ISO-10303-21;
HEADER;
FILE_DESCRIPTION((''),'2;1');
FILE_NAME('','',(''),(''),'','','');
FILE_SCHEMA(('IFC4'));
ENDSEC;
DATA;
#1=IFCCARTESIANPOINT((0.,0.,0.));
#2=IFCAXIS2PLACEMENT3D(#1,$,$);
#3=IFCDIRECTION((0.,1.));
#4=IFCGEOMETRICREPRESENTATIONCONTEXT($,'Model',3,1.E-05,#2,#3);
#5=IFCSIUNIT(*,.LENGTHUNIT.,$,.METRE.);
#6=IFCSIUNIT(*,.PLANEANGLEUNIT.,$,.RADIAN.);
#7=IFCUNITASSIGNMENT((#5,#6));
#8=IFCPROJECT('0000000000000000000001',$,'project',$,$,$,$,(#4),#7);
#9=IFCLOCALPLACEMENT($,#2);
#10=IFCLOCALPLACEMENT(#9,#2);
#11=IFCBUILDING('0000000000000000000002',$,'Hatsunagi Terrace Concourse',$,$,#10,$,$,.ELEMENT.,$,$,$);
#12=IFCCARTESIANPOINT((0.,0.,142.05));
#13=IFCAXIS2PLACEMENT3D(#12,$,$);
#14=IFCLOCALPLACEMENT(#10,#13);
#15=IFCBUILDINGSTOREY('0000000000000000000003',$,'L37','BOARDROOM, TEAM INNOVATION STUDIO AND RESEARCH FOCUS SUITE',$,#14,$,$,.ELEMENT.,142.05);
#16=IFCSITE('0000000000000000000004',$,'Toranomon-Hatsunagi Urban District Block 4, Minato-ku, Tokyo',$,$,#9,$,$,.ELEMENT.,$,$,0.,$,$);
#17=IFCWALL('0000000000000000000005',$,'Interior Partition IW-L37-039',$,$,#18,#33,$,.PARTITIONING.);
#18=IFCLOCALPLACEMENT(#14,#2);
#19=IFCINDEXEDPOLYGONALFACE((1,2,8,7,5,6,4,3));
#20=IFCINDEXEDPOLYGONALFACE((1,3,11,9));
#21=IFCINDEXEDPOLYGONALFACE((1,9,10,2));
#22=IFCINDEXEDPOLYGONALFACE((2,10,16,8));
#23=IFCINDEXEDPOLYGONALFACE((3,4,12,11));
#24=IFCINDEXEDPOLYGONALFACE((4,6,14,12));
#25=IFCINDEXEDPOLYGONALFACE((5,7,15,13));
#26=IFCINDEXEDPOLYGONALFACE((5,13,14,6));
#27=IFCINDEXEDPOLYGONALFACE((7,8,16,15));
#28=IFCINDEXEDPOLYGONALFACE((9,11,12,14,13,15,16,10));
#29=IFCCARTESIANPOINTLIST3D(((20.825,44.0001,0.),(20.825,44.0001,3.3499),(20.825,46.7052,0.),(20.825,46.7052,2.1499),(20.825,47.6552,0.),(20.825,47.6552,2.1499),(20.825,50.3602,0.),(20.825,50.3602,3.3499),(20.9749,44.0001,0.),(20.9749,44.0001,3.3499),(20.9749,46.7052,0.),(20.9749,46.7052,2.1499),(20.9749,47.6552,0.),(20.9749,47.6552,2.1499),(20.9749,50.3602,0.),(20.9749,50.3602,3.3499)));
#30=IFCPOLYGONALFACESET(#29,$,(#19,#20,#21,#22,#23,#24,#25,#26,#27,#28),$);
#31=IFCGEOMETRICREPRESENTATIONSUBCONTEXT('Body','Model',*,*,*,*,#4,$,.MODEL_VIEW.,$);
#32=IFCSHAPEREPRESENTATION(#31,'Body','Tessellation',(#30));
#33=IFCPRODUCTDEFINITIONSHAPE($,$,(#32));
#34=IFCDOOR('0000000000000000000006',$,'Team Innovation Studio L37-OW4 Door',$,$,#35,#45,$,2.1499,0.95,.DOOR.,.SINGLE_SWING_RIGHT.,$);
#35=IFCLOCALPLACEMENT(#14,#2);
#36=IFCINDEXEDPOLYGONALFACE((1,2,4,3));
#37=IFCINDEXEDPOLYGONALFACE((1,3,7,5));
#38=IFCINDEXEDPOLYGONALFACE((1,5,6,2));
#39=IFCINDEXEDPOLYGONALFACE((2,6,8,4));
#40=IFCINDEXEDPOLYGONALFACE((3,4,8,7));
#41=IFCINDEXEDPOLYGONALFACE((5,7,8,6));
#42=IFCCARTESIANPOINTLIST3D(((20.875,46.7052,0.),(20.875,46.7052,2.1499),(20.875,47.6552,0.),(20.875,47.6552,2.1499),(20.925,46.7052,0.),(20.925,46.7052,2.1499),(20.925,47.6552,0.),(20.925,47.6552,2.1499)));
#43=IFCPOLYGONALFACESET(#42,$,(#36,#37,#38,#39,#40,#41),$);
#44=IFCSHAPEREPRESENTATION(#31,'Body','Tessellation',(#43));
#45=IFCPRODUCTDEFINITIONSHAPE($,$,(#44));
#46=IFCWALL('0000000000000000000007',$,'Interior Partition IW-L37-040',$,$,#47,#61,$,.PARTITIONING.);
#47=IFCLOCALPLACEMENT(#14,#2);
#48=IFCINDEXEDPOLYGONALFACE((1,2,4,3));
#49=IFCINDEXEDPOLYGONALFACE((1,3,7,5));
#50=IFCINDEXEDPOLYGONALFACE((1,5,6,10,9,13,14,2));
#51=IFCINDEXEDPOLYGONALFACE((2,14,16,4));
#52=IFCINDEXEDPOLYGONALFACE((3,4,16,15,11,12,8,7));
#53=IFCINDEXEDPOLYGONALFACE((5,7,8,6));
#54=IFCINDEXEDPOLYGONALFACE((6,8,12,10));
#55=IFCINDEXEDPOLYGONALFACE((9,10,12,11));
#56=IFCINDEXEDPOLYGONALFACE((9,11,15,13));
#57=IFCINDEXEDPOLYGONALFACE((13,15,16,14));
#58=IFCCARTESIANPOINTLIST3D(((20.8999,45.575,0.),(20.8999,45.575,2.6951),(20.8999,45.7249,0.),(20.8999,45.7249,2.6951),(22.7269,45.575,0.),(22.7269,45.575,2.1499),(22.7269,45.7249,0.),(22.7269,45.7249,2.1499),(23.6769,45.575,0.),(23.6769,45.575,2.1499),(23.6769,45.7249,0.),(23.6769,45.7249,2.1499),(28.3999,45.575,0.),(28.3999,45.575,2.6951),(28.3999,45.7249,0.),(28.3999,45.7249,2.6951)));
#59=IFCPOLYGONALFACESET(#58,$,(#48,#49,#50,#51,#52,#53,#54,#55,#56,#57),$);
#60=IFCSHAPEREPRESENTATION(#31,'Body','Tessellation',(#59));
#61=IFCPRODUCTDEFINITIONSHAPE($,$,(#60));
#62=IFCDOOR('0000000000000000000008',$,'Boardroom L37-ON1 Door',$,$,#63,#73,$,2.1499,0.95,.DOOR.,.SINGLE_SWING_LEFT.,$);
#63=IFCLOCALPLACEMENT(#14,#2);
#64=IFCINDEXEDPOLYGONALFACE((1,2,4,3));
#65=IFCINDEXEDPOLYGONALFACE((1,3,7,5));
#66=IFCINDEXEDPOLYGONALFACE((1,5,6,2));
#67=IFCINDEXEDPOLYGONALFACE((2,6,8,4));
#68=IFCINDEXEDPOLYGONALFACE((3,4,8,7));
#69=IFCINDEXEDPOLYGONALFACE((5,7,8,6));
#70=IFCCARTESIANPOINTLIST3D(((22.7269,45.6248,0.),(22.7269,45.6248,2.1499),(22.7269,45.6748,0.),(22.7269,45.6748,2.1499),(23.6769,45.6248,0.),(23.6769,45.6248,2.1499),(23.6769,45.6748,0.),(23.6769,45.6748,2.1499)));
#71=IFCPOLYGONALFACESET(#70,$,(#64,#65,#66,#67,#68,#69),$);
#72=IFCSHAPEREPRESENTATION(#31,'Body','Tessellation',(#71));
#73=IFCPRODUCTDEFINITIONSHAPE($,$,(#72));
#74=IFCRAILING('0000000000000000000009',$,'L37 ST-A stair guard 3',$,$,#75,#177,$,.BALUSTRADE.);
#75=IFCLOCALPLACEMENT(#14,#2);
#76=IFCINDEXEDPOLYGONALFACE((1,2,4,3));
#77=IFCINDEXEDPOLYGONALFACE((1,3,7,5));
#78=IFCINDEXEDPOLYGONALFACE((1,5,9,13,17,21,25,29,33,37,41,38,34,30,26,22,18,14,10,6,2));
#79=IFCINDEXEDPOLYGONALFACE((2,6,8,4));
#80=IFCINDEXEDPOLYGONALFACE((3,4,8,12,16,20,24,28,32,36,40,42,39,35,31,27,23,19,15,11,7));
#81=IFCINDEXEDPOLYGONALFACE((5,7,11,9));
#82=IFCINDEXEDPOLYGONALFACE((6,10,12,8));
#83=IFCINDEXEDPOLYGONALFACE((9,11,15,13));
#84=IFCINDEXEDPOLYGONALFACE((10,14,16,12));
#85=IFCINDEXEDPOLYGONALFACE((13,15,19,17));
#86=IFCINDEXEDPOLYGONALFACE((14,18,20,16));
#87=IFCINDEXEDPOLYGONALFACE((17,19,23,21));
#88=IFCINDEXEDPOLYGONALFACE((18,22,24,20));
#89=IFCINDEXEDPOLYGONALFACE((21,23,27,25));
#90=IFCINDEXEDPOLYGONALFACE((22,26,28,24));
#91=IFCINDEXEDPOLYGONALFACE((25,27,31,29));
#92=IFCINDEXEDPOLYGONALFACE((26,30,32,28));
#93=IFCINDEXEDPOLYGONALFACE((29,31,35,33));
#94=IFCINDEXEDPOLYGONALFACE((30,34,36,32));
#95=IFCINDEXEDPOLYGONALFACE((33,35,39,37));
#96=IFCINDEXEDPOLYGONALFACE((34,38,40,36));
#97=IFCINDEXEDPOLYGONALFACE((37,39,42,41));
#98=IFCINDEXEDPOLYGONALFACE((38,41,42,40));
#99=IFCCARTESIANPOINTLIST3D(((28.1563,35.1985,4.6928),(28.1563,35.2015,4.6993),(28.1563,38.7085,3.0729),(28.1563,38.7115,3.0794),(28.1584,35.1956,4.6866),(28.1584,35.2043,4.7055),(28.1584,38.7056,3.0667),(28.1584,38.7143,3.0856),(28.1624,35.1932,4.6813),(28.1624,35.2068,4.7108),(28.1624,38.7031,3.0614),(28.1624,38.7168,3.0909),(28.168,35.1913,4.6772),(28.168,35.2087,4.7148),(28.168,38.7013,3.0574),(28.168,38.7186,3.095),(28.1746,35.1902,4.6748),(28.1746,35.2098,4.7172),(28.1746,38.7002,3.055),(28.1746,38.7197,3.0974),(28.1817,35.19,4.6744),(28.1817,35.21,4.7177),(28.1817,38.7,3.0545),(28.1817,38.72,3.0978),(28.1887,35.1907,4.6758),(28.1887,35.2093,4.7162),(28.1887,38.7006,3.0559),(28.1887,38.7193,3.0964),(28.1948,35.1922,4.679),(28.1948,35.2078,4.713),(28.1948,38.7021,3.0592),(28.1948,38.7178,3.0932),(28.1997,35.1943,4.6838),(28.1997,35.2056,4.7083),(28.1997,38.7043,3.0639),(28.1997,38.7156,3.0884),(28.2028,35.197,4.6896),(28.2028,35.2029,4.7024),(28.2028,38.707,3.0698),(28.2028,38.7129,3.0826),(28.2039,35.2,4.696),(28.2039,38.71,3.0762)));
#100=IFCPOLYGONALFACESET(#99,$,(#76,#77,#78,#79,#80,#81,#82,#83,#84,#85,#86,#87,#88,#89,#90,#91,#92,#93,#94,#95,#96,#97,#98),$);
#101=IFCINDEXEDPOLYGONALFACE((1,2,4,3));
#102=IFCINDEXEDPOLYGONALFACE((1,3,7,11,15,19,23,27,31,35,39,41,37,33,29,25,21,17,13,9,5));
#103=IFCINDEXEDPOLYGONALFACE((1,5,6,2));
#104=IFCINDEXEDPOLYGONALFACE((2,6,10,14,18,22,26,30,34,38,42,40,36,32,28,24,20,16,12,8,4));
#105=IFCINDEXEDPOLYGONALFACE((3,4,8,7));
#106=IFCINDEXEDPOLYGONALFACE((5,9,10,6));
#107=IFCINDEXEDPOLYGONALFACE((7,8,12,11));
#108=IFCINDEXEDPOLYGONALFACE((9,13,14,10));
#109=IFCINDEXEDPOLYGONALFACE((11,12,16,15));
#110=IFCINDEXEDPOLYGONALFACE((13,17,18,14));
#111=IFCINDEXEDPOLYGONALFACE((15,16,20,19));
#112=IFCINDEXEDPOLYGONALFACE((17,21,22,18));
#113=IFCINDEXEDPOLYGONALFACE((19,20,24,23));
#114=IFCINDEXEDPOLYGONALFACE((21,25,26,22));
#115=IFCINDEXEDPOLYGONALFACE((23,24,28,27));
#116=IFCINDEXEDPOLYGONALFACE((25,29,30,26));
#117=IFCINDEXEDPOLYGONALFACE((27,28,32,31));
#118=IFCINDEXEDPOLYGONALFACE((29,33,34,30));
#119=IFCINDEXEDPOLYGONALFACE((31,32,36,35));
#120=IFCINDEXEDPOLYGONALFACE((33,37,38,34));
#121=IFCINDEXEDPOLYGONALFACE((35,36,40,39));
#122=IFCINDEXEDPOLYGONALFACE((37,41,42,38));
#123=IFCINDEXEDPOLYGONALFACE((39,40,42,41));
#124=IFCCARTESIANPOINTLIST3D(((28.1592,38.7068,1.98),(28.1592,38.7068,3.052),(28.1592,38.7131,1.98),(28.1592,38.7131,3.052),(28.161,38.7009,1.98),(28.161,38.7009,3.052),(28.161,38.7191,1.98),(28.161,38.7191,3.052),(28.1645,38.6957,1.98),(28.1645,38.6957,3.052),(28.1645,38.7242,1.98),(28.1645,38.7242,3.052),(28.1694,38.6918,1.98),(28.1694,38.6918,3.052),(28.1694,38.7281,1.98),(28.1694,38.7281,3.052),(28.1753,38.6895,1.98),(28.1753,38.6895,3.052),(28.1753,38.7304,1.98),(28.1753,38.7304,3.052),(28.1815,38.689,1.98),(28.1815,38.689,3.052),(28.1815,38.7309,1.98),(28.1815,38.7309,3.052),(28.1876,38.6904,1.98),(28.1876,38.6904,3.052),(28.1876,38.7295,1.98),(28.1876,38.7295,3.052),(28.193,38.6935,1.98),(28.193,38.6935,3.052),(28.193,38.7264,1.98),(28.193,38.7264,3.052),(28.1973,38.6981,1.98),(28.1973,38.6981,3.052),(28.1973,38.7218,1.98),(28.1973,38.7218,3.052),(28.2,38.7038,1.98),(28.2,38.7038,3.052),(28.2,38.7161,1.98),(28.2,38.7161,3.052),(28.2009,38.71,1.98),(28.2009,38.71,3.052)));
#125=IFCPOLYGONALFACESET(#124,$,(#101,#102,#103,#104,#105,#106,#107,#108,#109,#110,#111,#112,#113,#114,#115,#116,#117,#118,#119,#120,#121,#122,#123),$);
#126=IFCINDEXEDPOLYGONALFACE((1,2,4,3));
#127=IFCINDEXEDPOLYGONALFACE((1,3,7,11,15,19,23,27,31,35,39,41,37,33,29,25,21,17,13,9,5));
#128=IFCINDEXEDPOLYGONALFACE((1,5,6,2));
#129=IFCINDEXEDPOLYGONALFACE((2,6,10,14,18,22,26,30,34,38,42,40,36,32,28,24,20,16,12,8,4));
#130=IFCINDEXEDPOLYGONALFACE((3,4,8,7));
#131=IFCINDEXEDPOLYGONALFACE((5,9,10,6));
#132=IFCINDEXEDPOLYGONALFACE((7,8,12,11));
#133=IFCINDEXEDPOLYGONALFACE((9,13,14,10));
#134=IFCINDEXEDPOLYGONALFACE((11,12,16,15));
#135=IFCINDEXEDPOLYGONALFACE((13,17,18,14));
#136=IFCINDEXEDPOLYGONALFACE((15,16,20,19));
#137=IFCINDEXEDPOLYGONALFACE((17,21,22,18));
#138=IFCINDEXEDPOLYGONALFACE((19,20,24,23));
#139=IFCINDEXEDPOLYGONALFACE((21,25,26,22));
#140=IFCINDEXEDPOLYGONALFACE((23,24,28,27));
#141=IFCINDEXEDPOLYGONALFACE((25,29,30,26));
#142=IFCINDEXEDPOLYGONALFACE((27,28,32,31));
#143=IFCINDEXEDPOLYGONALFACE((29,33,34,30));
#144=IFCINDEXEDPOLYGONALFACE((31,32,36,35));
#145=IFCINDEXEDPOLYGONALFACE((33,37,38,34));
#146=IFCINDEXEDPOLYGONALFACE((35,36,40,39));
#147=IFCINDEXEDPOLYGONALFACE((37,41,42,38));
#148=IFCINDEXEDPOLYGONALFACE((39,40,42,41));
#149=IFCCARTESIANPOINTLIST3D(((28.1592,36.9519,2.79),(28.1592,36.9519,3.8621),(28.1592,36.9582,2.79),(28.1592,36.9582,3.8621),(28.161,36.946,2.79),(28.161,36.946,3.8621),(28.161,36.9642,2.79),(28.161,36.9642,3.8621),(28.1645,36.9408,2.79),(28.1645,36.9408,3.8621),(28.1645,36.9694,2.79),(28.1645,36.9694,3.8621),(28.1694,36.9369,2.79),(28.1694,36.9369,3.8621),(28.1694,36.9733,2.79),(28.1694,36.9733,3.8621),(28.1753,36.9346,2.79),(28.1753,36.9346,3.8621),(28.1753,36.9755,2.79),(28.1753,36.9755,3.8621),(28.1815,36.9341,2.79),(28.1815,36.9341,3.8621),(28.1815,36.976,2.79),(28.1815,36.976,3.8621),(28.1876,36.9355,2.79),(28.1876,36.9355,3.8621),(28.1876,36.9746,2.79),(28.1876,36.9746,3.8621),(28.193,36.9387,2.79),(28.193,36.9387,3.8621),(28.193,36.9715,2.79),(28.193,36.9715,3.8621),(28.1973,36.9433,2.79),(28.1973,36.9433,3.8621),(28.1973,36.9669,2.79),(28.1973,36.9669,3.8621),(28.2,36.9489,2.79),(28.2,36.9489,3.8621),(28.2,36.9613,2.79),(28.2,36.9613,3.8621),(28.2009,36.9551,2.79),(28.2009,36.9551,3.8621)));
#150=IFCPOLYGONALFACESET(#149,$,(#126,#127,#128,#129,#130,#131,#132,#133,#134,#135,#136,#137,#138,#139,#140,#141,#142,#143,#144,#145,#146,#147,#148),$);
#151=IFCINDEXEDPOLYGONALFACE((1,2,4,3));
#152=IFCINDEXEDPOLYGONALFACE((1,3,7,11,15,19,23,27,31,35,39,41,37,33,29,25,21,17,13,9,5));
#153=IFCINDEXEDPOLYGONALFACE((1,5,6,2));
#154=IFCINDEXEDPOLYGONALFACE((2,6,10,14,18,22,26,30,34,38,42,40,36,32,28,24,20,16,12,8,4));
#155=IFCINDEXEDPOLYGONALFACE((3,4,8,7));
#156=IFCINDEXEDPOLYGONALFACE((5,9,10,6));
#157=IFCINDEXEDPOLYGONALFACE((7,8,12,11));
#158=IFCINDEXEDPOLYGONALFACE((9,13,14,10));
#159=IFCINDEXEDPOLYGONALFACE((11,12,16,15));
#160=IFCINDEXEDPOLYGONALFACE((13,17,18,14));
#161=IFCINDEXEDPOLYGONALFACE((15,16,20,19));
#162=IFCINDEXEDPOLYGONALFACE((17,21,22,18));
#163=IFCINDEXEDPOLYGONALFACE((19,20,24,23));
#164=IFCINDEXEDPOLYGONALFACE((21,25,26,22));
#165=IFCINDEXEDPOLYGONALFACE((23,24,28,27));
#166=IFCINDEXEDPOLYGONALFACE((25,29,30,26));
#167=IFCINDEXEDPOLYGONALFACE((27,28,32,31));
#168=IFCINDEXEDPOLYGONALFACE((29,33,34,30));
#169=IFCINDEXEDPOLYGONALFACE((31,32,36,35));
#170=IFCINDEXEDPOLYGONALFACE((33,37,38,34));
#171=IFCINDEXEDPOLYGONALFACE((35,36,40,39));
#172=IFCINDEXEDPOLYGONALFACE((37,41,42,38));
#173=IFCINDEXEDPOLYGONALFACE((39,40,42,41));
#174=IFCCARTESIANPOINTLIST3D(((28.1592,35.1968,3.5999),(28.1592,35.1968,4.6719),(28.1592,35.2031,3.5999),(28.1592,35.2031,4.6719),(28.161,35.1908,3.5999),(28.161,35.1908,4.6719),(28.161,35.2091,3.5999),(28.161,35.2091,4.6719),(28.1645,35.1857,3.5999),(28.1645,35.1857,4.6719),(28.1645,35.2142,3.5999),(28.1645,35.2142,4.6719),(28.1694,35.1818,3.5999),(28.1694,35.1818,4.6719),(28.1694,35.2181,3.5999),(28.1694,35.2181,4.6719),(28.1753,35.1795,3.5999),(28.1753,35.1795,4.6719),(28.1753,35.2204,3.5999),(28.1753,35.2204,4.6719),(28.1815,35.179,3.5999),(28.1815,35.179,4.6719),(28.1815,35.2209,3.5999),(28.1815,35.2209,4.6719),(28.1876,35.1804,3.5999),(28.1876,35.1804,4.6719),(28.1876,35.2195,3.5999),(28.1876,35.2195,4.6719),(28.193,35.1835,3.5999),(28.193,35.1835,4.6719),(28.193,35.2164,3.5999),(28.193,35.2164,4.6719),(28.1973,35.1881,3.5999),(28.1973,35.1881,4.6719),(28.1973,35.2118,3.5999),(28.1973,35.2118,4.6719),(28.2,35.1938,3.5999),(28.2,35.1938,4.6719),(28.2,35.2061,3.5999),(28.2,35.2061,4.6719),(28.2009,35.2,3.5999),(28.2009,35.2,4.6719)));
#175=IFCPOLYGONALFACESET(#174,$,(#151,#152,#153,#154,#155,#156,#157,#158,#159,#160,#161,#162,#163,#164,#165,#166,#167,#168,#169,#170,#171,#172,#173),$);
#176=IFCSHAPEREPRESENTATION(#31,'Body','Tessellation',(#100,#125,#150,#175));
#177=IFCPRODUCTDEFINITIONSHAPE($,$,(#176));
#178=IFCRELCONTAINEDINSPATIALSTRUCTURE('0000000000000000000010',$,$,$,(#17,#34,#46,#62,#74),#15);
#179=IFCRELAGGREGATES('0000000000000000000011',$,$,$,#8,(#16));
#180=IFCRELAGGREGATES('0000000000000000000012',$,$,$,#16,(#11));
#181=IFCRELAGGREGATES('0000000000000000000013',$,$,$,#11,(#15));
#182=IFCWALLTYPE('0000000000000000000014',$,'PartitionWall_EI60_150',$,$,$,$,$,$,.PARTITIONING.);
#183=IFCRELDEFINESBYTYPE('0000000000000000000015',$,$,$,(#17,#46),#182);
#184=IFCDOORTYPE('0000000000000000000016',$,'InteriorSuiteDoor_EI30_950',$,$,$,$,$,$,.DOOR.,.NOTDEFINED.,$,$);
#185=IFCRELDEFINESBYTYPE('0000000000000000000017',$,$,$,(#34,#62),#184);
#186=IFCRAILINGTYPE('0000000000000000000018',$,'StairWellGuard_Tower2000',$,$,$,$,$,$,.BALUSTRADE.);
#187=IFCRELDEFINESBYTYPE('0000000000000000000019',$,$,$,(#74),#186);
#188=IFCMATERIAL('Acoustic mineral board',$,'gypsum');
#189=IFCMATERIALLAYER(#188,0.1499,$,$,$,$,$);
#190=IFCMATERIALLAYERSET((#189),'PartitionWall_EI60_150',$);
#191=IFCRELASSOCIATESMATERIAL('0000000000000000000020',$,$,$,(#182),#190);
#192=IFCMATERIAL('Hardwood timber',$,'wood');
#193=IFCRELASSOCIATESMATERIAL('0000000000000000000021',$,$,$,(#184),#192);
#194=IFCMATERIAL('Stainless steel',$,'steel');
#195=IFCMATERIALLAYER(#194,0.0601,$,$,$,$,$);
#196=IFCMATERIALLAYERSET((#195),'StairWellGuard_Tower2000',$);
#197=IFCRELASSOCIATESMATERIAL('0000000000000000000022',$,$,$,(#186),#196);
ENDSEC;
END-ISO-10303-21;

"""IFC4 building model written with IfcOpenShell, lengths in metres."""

from ifc_helpers import new_model, si_unit, direction, frame, frame_2d, origin, origin_2d, place, context, subcontext, project, spatial, rectangle, circle, extrude, material, layer, layer_set, type_object, element, fill, save


model = new_model("IFC4")

# Units and contexts
model_context = context("Model", 3, precision=1e-05, world=origin(), true_north=direction((0.0, 1.0)))
body_context = subcontext(model_context, "Body", "Model", "MODEL_VIEW")
ifc_project = project(units=[si_unit("LENGTHUNIT", "METRE"), si_unit("PLANEANGLEUNIT", "RADIAN")], contexts=[model_context])

# Site, building, storey
site_placement = place(None, origin())
site = spatial("IfcSite", under=ifc_project, at=site_placement, Name="Toranomon-Hatsunagi Urban District Block 4, Minato-ku, Tokyo", CompositionType="ELEMENT", RefElevation=0.0)
building_placement = place(site_placement, origin())
building = spatial("IfcBuilding", under=site, at=building_placement, Name="Hatsunagi Terrace Concourse", CompositionType="ELEMENT")
storey_placement = place(building_placement, frame((0.0, 0.0, 142.05)))
storey = spatial("IfcBuildingStorey", under=building, at=storey_placement, Name="L37", Description="BOARDROOM, TEAM INNOVATION STUDIO AND RESEARCH FOCUS SUITE", CompositionType="ELEMENT", Elevation=142.05)

# Shared definitions
ifc_material_1 = material(Name="Acoustic mineral board", Category="gypsum")
ifc_layer_1 = layer(ifc_material_1, 0.1499)
ifc_layer_set_1 = layer_set([ifc_layer_1], Name="PartitionWall_EI60_150")
wall_type_1 = type_object("IfcWallType", Name="PartitionWall_EI60_150", PredefinedType="PARTITIONING", material=ifc_layer_set_1)

# Walls, openings, doors
wall_1_placement = place(storey_placement, frame((20.8999, 44.0, 0.0), z_axis=(0.0, 0.0, 1.0), x_axis=(0.0, 1.0, 0.0)))
wall_1 = element("IfcWall", 1, at=wall_1_placement, inside=storey, type_object=wall_type_1, Name="Interior Partition IW-L37-039", PredefinedType="PARTITIONING", context=body_context, shape_type="SweptSolid", body=[
    extrude(rectangle(XDim=6.3601, YDim=0.1499, at=frame_2d((3.1802, 0.0))), origin(), (0.0, 0.0, 1.0), 3.3499),
])
opening_1_placement = place(wall_1_placement, frame((2.7051, 0.0, 0.0)))
opening_1 = element("IfcOpeningElement", 2, at=opening_1_placement, cuts=wall_1, PredefinedType="OPENING", context=body_context, shape_type="SweptSolid", body=[
    extrude(rectangle(XDim=0.95, YDim=2.1499, at=frame_2d((0.4751, 1.075))), frame((0.0, 0.085, 0.0), z_axis=(0.0, -1.0, 0.0), x_axis=(1.0, 0.0, 0.0)), (0.0, 0.0, 1.0), 0.1699),
])
ifc_material_2 = material(Name="Hardwood timber", Category="wood")
door_type = type_object("IfcDoorType", Name="InteriorSuiteDoor_EI30_950", OperationType="NOTDEFINED", PredefinedType="DOOR", material=ifc_material_2)
door_1_placement = place(opening_1_placement, origin())
door_1 = element("IfcDoor", 3, at=door_1_placement, inside=storey, type_object=door_type, Name="Team Innovation Studio L37-OW4 Door", OperationType="SINGLE_SWING_RIGHT", OverallHeight=2.1499, OverallWidth=0.95, PredefinedType="DOOR", context=body_context, shape_type="SweptSolid", body=[
    extrude(rectangle(XDim=0.95, YDim=2.1499, at=frame_2d((0.4751, 1.075))), frame((0.0, 0.0249, 0.0), z_axis=(0.0, -1.0, 0.0), x_axis=(1.0, 0.0, 0.0)), (0.0, 0.0, 1.0), 0.05),
])
fill(opening_1, door_1)
wall_2_placement = place(storey_placement, frame((20.8999, 45.6499, 0.0), z_axis=(0.0, 0.0, 1.0), x_axis=(1.0, 0.0, 0.0)))
wall_2 = element("IfcWall", 4, at=wall_2_placement, inside=storey, type_object=wall_type_1, Name="Interior Partition IW-L37-040", PredefinedType="PARTITIONING", context=body_context, shape_type="SweptSolid", body=[
    extrude(rectangle(XDim=7.5, YDim=0.1499, at=frame_2d((3.75, 0.0))), origin(), (0.0, 0.0, 1.0), 2.6951),
])
opening_2_placement = place(wall_2_placement, frame((1.8269, 0.0, 0.0)))
opening_2 = element("IfcOpeningElement", 5, at=opening_2_placement, cuts=wall_2, PredefinedType="OPENING", context=body_context, shape_type="SweptSolid", body=[
    extrude(rectangle(XDim=0.95, YDim=2.1499, at=frame_2d((0.4751, 1.075))), frame((0.0, 0.085, 0.0), z_axis=(0.0, -1.0, 0.0), x_axis=(1.0, 0.0, 0.0)), (0.0, 0.0, 1.0), 0.1699),
])
door_2_placement = place(opening_2_placement, origin())
door_2 = element("IfcDoor", 6, at=door_2_placement, inside=storey, type_object=door_type, Name="Boardroom L37-ON1 Door", OperationType="SINGLE_SWING_LEFT", OverallHeight=2.1499, OverallWidth=0.95, PredefinedType="DOOR", context=body_context, shape_type="SweptSolid", body=[
    extrude(rectangle(XDim=0.95, YDim=2.1499, at=frame_2d((0.4751, 1.075))), frame((0.0, 0.0249, 0.0), z_axis=(0.0, -1.0, 0.0), x_axis=(1.0, 0.0, 0.0)), (0.0, 0.0, 1.0), 0.05),
])
fill(opening_2, door_2)

# Railing
ifc_material_3 = material(Name="Stainless steel", Category="steel")
ifc_layer_2 = layer(ifc_material_3, 0.0601)
ifc_layer_set_2 = layer_set([ifc_layer_2], Name="StairWellGuard_Tower2000")
railing_type = type_object("IfcRailingType", Name="StairWellGuard_Tower2000", PredefinedType="BALUSTRADE", material=ifc_layer_set_2)
railing_placement = place(storey_placement, frame((28.1799, 38.71, 1.98)))
element("IfcRailing", 7, at=railing_placement, inside=storey, type_object=railing_type, Name="L37 ST-A stair guard 3", PredefinedType="BALUSTRADE", context=body_context, shape_type="SweptSolid", body=[
    extrude(circle(Radius=0.0239, at=origin_2d()), frame((0.0, 0.0, 1.0962), z_axis=(0.0, -0.907972, 0.41903), x_axis=(1.0, 0.0, 0.0)), (0.0, 0.0, 1.0), 3.8657),
    extrude(circle(Radius=0.021, at=origin_2d()), origin(), (0.0, 0.0, 1.0), 1.072),
    extrude(circle(Radius=0.021, at=origin_2d()), frame((0.0, -1.7549, 0.8101)), (0.0, 0.0, 1.0), 1.072),
    extrude(circle(Radius=0.021, at=origin_2d()), frame((0.0, -3.51, 1.6199)), (0.0, 0.0, 1.0), 1.072),
])

save(model, "model.ifc")
